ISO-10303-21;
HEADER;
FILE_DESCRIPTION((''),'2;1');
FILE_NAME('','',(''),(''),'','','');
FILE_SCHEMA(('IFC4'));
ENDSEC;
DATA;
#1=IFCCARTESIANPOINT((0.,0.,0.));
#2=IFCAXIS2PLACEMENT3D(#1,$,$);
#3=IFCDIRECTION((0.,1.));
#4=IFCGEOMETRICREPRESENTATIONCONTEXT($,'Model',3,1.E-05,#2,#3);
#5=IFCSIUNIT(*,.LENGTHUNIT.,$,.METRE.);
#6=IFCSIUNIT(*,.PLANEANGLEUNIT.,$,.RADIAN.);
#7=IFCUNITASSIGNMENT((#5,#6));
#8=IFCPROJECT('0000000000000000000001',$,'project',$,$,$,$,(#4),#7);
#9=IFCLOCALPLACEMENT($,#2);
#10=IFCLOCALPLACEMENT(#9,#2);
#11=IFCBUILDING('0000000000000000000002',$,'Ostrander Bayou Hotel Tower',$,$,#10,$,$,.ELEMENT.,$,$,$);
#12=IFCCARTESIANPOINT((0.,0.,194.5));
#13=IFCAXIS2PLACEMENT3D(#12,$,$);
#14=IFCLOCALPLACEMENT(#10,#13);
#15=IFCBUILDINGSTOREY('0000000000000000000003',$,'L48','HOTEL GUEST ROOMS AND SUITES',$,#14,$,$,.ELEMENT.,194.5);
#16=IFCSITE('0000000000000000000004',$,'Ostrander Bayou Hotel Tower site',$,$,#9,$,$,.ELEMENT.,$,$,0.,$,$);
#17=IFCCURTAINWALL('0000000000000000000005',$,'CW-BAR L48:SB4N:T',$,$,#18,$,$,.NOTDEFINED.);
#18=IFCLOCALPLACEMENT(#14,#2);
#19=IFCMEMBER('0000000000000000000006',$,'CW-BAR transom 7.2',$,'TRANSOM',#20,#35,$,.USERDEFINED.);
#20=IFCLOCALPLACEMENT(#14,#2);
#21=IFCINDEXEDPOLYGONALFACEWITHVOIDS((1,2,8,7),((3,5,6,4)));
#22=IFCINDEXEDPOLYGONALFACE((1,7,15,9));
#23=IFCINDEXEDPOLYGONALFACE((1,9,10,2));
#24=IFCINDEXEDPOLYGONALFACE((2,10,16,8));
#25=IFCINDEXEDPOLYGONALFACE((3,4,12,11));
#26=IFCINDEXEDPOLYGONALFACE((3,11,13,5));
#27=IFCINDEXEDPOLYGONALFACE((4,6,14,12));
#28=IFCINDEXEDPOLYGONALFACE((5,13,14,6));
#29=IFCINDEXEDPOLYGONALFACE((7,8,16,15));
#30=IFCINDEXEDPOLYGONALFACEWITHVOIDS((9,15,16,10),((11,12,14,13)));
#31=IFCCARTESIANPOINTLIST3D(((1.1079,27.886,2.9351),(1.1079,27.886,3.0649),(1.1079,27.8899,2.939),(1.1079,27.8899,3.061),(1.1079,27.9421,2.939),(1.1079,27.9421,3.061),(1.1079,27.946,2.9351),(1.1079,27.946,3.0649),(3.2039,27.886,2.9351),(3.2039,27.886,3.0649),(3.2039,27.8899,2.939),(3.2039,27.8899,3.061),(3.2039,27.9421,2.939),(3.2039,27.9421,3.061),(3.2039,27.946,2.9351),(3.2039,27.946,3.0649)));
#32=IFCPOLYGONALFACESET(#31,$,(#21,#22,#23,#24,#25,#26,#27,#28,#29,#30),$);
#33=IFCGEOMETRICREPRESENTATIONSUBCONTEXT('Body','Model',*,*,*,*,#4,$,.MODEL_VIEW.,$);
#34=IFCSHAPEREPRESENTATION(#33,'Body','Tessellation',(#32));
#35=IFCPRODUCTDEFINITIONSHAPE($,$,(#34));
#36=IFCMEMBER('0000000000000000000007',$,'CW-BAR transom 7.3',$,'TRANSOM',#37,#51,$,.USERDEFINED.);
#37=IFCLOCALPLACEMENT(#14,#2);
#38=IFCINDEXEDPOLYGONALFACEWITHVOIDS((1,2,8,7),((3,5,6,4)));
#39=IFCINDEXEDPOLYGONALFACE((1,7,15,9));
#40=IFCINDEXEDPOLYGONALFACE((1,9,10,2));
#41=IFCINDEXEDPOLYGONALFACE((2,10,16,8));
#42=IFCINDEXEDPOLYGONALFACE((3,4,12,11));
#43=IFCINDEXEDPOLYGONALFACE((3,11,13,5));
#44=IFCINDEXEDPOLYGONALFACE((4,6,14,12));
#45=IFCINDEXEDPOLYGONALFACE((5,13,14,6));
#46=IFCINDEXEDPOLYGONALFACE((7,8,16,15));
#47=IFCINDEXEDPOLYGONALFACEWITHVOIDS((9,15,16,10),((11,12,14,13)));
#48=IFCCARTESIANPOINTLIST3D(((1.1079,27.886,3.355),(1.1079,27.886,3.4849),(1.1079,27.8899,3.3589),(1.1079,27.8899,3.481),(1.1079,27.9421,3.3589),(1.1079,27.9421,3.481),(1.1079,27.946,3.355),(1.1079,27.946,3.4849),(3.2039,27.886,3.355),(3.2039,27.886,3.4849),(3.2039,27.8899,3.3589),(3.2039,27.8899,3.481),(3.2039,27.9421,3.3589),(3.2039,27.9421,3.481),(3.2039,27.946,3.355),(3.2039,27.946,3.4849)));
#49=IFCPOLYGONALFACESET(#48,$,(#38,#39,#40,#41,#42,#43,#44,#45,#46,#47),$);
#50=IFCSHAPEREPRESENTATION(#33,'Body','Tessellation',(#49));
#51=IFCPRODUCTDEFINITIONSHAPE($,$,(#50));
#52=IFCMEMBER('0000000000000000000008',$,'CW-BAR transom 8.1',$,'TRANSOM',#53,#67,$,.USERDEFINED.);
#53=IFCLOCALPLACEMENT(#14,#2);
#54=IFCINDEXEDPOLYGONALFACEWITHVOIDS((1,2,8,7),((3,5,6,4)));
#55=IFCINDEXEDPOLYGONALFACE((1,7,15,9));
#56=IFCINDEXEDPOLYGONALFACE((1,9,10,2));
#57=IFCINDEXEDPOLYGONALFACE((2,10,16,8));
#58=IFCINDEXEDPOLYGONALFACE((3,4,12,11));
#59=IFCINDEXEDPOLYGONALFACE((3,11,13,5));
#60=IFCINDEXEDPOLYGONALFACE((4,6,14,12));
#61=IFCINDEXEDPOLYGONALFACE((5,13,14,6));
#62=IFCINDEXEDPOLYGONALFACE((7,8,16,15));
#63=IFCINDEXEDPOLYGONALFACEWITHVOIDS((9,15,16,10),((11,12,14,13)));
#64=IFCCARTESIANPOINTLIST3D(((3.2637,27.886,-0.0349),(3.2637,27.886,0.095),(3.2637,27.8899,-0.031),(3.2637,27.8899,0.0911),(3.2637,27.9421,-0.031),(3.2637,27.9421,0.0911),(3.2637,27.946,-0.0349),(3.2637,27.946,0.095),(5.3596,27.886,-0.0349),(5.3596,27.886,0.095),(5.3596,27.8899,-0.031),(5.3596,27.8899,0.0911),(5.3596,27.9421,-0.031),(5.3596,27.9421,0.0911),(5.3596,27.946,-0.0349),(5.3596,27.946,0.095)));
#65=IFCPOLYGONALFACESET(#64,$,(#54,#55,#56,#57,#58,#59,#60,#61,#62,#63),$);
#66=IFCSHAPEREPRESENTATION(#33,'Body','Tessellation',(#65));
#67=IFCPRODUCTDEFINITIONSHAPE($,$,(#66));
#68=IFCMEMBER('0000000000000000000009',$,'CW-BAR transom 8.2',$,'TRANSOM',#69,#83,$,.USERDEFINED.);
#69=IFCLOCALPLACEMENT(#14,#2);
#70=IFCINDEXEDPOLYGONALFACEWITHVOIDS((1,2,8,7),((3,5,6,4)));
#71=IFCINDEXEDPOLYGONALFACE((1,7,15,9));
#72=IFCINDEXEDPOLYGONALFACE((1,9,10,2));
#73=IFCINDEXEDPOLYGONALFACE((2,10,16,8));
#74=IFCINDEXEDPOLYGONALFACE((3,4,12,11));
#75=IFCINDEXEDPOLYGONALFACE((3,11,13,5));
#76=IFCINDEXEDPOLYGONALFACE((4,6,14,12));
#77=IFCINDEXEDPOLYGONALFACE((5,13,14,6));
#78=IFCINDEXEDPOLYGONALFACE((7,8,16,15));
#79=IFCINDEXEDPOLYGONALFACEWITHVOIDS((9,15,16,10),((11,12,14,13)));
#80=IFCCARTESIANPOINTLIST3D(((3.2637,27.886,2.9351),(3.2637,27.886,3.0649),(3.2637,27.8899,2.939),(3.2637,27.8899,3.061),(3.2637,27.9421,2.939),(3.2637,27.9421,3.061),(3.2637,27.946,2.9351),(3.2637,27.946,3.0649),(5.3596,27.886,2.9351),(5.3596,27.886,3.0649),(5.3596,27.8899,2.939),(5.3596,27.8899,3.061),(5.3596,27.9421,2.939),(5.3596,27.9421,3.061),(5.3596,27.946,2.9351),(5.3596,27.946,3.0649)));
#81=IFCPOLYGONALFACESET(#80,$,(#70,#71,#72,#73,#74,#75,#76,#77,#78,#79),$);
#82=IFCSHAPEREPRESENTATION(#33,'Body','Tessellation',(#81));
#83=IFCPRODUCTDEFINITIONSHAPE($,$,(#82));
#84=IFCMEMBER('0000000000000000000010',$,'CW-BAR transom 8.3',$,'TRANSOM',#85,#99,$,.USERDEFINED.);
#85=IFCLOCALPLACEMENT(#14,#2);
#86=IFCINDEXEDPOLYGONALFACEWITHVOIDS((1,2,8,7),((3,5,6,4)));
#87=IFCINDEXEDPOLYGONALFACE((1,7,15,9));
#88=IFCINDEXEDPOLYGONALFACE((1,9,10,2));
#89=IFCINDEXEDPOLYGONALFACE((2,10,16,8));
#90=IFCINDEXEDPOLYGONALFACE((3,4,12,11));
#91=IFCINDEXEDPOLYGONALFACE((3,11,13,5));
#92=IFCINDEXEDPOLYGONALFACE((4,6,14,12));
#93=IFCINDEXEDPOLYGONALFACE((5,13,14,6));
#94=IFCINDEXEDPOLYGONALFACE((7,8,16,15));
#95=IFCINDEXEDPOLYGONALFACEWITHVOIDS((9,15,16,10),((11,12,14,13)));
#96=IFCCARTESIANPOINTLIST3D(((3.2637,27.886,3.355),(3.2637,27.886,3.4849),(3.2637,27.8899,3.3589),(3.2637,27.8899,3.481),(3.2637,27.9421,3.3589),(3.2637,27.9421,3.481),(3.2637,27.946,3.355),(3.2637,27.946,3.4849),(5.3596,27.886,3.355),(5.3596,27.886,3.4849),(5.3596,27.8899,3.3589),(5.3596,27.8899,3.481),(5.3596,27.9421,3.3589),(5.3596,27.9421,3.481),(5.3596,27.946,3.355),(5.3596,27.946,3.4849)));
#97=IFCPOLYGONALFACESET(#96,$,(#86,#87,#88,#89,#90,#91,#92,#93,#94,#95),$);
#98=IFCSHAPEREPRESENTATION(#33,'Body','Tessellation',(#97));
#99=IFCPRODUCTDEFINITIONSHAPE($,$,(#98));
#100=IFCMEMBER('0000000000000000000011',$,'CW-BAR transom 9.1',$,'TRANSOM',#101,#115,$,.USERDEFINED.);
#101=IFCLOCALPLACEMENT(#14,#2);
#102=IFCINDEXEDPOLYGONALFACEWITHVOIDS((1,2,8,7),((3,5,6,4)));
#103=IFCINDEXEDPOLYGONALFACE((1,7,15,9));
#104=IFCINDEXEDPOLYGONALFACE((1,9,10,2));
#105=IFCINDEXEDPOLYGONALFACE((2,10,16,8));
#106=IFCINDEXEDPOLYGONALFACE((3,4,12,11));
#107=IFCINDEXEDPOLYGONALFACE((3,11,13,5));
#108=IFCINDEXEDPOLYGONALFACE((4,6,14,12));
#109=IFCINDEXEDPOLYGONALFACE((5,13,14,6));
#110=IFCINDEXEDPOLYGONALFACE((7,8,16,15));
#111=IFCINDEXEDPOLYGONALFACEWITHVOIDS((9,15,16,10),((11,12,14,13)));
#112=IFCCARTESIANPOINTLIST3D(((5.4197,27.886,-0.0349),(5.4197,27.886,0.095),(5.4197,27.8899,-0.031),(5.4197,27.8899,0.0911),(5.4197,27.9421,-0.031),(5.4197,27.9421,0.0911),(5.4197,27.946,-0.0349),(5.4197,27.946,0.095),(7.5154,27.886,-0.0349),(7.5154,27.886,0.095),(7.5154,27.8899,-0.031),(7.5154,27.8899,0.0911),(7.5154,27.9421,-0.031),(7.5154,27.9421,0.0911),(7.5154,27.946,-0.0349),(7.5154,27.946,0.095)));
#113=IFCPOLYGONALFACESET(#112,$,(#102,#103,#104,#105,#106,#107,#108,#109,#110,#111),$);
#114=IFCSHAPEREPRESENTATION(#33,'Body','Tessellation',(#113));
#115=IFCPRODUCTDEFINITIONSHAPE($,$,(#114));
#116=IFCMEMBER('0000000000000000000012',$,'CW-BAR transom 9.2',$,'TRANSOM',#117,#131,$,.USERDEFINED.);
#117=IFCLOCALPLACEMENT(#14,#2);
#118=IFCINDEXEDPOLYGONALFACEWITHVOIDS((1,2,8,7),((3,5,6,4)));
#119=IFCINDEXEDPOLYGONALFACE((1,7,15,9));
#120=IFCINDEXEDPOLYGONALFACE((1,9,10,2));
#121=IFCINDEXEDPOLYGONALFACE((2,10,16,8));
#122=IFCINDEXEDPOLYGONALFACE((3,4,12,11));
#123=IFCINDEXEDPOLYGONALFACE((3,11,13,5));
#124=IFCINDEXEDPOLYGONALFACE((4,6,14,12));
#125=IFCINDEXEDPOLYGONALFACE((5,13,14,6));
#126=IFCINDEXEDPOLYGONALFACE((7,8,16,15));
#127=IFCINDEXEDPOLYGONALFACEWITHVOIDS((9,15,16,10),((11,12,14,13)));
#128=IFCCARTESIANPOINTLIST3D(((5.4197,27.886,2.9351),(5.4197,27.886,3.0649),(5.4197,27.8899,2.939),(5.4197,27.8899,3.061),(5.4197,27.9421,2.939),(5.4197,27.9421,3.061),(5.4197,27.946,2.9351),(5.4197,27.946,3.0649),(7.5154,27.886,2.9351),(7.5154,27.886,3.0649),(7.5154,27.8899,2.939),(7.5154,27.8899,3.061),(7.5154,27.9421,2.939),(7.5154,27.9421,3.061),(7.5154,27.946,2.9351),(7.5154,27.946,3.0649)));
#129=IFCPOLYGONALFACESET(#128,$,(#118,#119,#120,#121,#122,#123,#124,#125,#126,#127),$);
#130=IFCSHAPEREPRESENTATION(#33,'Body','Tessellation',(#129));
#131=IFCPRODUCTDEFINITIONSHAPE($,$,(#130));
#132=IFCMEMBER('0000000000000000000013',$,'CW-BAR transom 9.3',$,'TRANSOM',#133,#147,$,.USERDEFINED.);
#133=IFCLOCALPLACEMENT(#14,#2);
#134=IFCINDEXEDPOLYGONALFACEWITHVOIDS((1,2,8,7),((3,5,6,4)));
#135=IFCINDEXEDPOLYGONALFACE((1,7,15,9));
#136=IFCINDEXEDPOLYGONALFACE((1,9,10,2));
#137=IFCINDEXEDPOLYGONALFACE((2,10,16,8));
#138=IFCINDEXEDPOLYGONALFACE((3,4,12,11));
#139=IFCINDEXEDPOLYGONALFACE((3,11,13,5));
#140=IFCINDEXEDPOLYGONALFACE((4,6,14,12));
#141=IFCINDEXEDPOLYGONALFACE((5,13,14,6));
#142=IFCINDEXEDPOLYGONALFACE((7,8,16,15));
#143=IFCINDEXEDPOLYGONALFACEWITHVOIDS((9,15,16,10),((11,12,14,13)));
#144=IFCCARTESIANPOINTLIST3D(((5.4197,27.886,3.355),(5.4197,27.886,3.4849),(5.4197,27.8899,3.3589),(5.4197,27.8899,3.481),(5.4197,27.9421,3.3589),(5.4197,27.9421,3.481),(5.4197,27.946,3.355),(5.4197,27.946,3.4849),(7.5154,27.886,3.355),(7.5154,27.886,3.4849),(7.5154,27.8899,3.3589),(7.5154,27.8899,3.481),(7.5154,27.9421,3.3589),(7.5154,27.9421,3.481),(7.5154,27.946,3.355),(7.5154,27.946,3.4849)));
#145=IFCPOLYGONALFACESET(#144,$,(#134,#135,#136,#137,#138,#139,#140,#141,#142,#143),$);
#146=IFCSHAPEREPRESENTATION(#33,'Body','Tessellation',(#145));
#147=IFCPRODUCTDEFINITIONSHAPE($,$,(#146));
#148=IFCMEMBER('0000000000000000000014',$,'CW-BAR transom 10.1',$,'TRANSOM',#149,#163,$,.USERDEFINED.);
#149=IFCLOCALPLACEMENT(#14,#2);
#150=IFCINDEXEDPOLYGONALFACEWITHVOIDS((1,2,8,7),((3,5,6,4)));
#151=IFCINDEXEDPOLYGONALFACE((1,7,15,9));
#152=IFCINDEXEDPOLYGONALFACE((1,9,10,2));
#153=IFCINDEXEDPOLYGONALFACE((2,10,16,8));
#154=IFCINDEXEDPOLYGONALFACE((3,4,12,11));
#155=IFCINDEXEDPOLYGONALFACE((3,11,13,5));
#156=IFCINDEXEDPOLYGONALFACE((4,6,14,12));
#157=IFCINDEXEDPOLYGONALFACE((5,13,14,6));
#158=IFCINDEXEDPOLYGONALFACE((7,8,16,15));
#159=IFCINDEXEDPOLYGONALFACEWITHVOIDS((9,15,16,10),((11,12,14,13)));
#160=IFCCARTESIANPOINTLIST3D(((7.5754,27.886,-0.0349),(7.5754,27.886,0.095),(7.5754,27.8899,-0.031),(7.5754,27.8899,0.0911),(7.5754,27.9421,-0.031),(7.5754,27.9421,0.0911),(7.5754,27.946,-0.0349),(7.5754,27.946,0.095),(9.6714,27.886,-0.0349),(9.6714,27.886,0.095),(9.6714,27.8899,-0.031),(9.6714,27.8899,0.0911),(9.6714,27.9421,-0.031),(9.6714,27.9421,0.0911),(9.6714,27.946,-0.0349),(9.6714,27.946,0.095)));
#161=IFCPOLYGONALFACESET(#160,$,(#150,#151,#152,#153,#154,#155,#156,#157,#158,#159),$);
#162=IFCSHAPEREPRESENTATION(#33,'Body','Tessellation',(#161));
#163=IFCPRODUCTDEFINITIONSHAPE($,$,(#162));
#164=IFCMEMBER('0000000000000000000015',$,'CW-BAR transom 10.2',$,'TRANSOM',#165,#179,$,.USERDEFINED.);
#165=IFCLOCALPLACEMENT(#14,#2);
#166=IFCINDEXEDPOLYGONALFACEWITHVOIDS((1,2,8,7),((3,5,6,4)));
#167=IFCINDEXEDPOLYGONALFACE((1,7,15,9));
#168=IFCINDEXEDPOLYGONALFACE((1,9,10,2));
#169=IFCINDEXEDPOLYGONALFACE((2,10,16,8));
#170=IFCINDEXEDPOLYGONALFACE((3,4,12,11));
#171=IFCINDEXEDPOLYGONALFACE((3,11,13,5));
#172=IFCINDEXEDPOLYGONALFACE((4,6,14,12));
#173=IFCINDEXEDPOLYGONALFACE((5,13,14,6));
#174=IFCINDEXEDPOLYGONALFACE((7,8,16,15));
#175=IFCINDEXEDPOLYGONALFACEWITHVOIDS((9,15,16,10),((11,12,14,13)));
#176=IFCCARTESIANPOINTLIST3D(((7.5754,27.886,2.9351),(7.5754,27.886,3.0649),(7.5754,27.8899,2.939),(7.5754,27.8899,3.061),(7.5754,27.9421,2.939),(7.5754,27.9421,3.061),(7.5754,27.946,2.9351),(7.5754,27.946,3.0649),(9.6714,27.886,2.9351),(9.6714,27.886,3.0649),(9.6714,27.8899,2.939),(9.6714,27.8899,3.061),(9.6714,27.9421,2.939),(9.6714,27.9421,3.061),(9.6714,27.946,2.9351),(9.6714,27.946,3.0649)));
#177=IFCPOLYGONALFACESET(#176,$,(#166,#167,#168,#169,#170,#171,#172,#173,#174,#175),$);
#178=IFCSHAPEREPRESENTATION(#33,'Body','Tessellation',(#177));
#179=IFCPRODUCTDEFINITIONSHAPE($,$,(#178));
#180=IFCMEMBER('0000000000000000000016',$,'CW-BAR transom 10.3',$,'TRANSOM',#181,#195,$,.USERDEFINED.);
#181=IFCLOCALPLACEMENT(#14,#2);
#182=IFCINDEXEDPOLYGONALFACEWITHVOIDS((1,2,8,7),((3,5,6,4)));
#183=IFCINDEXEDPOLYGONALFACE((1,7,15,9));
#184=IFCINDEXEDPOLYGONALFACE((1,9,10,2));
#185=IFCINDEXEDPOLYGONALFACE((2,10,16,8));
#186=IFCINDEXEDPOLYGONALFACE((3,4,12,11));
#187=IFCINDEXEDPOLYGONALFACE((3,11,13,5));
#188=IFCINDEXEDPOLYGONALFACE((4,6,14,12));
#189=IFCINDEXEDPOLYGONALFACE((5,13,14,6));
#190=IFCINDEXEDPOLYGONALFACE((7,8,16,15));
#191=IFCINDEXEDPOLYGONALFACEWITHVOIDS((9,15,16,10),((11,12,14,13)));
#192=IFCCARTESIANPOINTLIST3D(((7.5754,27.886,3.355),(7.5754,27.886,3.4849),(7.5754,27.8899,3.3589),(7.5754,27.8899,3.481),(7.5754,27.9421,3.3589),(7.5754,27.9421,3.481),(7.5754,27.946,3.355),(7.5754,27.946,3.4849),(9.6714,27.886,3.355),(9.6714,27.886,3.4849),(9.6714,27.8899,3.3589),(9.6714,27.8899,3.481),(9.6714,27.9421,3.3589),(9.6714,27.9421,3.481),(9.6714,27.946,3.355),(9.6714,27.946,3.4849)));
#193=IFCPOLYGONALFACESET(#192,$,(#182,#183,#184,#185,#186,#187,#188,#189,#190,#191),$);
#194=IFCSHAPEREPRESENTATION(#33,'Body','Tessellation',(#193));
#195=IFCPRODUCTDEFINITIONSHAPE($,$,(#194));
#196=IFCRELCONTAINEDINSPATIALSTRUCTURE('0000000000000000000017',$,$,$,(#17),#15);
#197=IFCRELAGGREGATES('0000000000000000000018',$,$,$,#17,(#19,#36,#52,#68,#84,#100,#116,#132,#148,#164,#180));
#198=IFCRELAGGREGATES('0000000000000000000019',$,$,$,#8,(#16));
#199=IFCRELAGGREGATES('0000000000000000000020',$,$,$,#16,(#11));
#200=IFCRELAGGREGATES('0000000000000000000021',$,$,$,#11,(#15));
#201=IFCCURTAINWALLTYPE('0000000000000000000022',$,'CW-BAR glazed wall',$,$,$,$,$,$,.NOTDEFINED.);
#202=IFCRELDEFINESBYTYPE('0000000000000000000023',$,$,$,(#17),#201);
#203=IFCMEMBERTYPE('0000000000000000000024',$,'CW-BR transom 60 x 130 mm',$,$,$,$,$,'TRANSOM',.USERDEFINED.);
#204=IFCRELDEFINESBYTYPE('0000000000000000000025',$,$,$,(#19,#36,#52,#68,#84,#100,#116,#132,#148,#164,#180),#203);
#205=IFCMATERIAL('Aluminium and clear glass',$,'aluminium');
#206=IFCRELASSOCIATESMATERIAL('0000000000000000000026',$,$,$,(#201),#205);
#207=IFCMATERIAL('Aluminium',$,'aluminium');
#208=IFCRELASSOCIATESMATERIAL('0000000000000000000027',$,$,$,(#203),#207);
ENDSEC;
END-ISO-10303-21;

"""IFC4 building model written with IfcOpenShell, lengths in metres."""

from ifc_helpers import new_model, si_unit, direction, frame, origin, origin_2d, place, context, subcontext, project, spatial, hollow_rectangle, extrude, material, material_profile, profile_set, type_object, element, aggregate, save


model = new_model("IFC4")

# Units and contexts
model_context = context("Model", 3, precision=1e-05, world=origin(), true_north=direction((0.0, 1.0)))
body_context = subcontext(model_context, "Body", "Model", "MODEL_VIEW")
ifc_project = project(units=[si_unit("LENGTHUNIT", "METRE"), si_unit("PLANEANGLEUNIT", "RADIAN")], contexts=[model_context])

# Site, building, storey
site_placement = place(None, origin())
site = spatial("IfcSite", under=ifc_project, at=site_placement, Name="Ostrander Bayou Hotel Tower site", CompositionType="ELEMENT", RefElevation=0.0)
building_placement = place(site_placement, origin())
building = spatial("IfcBuilding", under=site, at=building_placement, Name="Ostrander Bayou Hotel Tower", CompositionType="ELEMENT")
storey_placement = place(building_placement, frame((0.0, 0.0, 194.5)))
storey = spatial("IfcBuildingStorey", under=building, at=storey_placement, Name="L48", Description="HOTEL GUEST ROOMS AND SUITES", CompositionType="ELEMENT", Elevation=194.5)

# Curtain wall, members
ifc_material_1 = material(Name="Aluminium and clear glass", Category="aluminium")
curtain_wall_type = type_object("IfcCurtainWallType", Name="CW-BAR glazed wall", PredefinedType="NOTDEFINED", material=ifc_material_1)
curtain_wall_placement = place(storey_placement, origin())
curtain_wall = element("IfcCurtainWall", 1, at=curtain_wall_placement, inside=storey, type_object=curtain_wall_type, Name="CW-BAR L48:SB4N:T", PredefinedType="NOTDEFINED")
ifc_material_2 = material(Name="Aluminium", Category="aluminium")
ifc_material_profile_1 = material_profile(ifc_material_2, hollow_rectangle(XDim=0.0601, YDim=0.1299, WallThickness=0.0039, at=origin_2d()))
ifc_profile_set_1 = profile_set([ifc_material_profile_1], Name="Aluminium")
member_type_1 = type_object("IfcMemberType", Name="CW-BR transom 60 x 130 mm", ElementType="TRANSOM", PredefinedType="USERDEFINED", material=ifc_profile_set_1)
member_1_placement = place(storey_placement, frame((1.1079, 27.916, 3.0), z_axis=(1.0, 0.0, 0.0), x_axis=(0.0, 1.0, 0.0)))
member_1 = element("IfcMember", 2, at=member_1_placement, type_object=member_type_1, Name="CW-BAR transom 7.2", ObjectType="TRANSOM", PredefinedType="USERDEFINED", context=body_context, shape_type="SweptSolid", body=[
    extrude(hollow_rectangle(XDim=0.0601, YDim=0.1299, WallThickness=0.0039, at=origin_2d()), origin(), (0.0, 0.0, 1.0), 2.0959),
])
member_2_placement = place(storey_placement, frame((1.1079, 27.916, 3.4199), z_axis=(1.0, 0.0, 0.0), x_axis=(0.0, 1.0, 0.0)))
member_2 = element("IfcMember", 3, at=member_2_placement, type_object=member_type_1, Name="CW-BAR transom 7.3", ObjectType="TRANSOM", PredefinedType="USERDEFINED", context=body_context, shape_type="SweptSolid", body=[
    extrude(hollow_rectangle(XDim=0.0601, YDim=0.1299, WallThickness=0.0039, at=origin_2d()), origin(), (0.0, 0.0, 1.0), 2.0959),
])
member_3_placement = place(storey_placement, frame((3.2637, 27.916, 0.03), z_axis=(1.0, 0.0, 0.0), x_axis=(0.0, 1.0, 0.0)))
member_3 = element("IfcMember", 4, at=member_3_placement, type_object=member_type_1, Name="CW-BAR transom 8.1", ObjectType="TRANSOM", PredefinedType="USERDEFINED", context=body_context, shape_type="SweptSolid", body=[
    extrude(hollow_rectangle(XDim=0.0601, YDim=0.1299, WallThickness=0.0039, at=origin_2d()), origin(), (0.0, 0.0, 1.0), 2.0959),
])
member_4_placement = place(storey_placement, frame((3.2637, 27.916, 3.0), z_axis=(1.0, 0.0, 0.0), x_axis=(0.0, 1.0, 0.0)))
member_4 = element("IfcMember", 5, at=member_4_placement, type_object=member_type_1, Name="CW-BAR transom 8.2", ObjectType="TRANSOM", PredefinedType="USERDEFINED", context=body_context, shape_type="SweptSolid", body=[
    extrude(hollow_rectangle(XDim=0.0601, YDim=0.1299, WallThickness=0.0039, at=origin_2d()), origin(), (0.0, 0.0, 1.0), 2.0959),
])
member_5_placement = place(storey_placement, frame((3.2637, 27.916, 3.4199), z_axis=(1.0, 0.0, 0.0), x_axis=(0.0, 1.0, 0.0)))
member_5 = element("IfcMember", 6, at=member_5_placement, type_object=member_type_1, Name="CW-BAR transom 8.3", ObjectType="TRANSOM", PredefinedType="USERDEFINED", context=body_context, shape_type="SweptSolid", body=[
    extrude(hollow_rectangle(XDim=0.0601, YDim=0.1299, WallThickness=0.0039, at=origin_2d()), origin(), (0.0, 0.0, 1.0), 2.0959),
])
member_6_placement = place(storey_placement, frame((5.4197, 27.916, 0.03), z_axis=(1.0, 0.0, 0.0), x_axis=(0.0, 1.0, 0.0)))
member_6 = element("IfcMember", 7, at=member_6_placement, type_object=member_type_1, Name="CW-BAR transom 9.1", ObjectType="TRANSOM", PredefinedType="USERDEFINED", context=body_context, shape_type="SweptSolid", body=[
    extrude(hollow_rectangle(XDim=0.0601, YDim=0.1299, WallThickness=0.0039, at=origin_2d()), origin(), (0.0, 0.0, 1.0), 2.0957),
])
member_7_placement = place(storey_placement, frame((5.4197, 27.916, 3.0), z_axis=(1.0, 0.0, 0.0), x_axis=(0.0, 1.0, 0.0)))
member_7 = element("IfcMember", 8, at=member_7_placement, type_object=member_type_1, Name="CW-BAR transom 9.2", ObjectType="TRANSOM", PredefinedType="USERDEFINED", context=body_context, shape_type="SweptSolid", body=[
    extrude(hollow_rectangle(XDim=0.0601, YDim=0.1299, WallThickness=0.0039, at=origin_2d()), origin(), (0.0, 0.0, 1.0), 2.0957),
])
member_8_placement = place(storey_placement, frame((5.4197, 27.916, 3.4199), z_axis=(1.0, 0.0, 0.0), x_axis=(0.0, 1.0, 0.0)))
member_8 = element("IfcMember", 9, at=member_8_placement, type_object=member_type_1, Name="CW-BAR transom 9.3", ObjectType="TRANSOM", PredefinedType="USERDEFINED", context=body_context, shape_type="SweptSolid", body=[
    extrude(hollow_rectangle(XDim=0.0601, YDim=0.1299, WallThickness=0.0039, at=origin_2d()), origin(), (0.0, 0.0, 1.0), 2.0957),
])
member_9_placement = place(storey_placement, frame((7.5754, 27.916, 0.03), z_axis=(1.0, 0.0, 0.0), x_axis=(0.0, 1.0, 0.0)))
member_9 = element("IfcMember", 10, at=member_9_placement, type_object=member_type_1, Name="CW-BAR transom 10.1", ObjectType="TRANSOM", PredefinedType="USERDEFINED", context=body_context, shape_type="SweptSolid", body=[
    extrude(hollow_rectangle(XDim=0.0601, YDim=0.1299, WallThickness=0.0039, at=origin_2d()), origin(), (0.0, 0.0, 1.0), 2.0959),
])
member_10_placement = place(storey_placement, frame((7.5754, 27.916, 3.0), z_axis=(1.0, 0.0, 0.0), x_axis=(0.0, 1.0, 0.0)))
member_10 = element("IfcMember", 11, at=member_10_placement, type_object=member_type_1, Name="CW-BAR transom 10.2", ObjectType="TRANSOM", PredefinedType="USERDEFINED", context=body_context, shape_type="SweptSolid", body=[
    extrude(hollow_rectangle(XDim=0.0601, YDim=0.1299, WallThickness=0.0039, at=origin_2d()), origin(), (0.0, 0.0, 1.0), 2.0959),
])
member_11_placement = place(storey_placement, frame((7.5754, 27.916, 3.4199), z_axis=(1.0, 0.0, 0.0), x_axis=(0.0, 1.0, 0.0)))
member_11 = element("IfcMember", 12, at=member_11_placement, type_object=member_type_1, Name="CW-BAR transom 10.3", ObjectType="TRANSOM", PredefinedType="USERDEFINED", context=body_context, shape_type="SweptSolid", body=[
    extrude(hollow_rectangle(XDim=0.0601, YDim=0.1299, WallThickness=0.0039, at=origin_2d()), origin(), (0.0, 0.0, 1.0), 2.0959),
])
aggregate(curtain_wall, [member_1, member_2, member_3, member_4, member_5, member_6, member_7, member_8, member_9, member_10, member_11])

save(model, "model.ifc")
